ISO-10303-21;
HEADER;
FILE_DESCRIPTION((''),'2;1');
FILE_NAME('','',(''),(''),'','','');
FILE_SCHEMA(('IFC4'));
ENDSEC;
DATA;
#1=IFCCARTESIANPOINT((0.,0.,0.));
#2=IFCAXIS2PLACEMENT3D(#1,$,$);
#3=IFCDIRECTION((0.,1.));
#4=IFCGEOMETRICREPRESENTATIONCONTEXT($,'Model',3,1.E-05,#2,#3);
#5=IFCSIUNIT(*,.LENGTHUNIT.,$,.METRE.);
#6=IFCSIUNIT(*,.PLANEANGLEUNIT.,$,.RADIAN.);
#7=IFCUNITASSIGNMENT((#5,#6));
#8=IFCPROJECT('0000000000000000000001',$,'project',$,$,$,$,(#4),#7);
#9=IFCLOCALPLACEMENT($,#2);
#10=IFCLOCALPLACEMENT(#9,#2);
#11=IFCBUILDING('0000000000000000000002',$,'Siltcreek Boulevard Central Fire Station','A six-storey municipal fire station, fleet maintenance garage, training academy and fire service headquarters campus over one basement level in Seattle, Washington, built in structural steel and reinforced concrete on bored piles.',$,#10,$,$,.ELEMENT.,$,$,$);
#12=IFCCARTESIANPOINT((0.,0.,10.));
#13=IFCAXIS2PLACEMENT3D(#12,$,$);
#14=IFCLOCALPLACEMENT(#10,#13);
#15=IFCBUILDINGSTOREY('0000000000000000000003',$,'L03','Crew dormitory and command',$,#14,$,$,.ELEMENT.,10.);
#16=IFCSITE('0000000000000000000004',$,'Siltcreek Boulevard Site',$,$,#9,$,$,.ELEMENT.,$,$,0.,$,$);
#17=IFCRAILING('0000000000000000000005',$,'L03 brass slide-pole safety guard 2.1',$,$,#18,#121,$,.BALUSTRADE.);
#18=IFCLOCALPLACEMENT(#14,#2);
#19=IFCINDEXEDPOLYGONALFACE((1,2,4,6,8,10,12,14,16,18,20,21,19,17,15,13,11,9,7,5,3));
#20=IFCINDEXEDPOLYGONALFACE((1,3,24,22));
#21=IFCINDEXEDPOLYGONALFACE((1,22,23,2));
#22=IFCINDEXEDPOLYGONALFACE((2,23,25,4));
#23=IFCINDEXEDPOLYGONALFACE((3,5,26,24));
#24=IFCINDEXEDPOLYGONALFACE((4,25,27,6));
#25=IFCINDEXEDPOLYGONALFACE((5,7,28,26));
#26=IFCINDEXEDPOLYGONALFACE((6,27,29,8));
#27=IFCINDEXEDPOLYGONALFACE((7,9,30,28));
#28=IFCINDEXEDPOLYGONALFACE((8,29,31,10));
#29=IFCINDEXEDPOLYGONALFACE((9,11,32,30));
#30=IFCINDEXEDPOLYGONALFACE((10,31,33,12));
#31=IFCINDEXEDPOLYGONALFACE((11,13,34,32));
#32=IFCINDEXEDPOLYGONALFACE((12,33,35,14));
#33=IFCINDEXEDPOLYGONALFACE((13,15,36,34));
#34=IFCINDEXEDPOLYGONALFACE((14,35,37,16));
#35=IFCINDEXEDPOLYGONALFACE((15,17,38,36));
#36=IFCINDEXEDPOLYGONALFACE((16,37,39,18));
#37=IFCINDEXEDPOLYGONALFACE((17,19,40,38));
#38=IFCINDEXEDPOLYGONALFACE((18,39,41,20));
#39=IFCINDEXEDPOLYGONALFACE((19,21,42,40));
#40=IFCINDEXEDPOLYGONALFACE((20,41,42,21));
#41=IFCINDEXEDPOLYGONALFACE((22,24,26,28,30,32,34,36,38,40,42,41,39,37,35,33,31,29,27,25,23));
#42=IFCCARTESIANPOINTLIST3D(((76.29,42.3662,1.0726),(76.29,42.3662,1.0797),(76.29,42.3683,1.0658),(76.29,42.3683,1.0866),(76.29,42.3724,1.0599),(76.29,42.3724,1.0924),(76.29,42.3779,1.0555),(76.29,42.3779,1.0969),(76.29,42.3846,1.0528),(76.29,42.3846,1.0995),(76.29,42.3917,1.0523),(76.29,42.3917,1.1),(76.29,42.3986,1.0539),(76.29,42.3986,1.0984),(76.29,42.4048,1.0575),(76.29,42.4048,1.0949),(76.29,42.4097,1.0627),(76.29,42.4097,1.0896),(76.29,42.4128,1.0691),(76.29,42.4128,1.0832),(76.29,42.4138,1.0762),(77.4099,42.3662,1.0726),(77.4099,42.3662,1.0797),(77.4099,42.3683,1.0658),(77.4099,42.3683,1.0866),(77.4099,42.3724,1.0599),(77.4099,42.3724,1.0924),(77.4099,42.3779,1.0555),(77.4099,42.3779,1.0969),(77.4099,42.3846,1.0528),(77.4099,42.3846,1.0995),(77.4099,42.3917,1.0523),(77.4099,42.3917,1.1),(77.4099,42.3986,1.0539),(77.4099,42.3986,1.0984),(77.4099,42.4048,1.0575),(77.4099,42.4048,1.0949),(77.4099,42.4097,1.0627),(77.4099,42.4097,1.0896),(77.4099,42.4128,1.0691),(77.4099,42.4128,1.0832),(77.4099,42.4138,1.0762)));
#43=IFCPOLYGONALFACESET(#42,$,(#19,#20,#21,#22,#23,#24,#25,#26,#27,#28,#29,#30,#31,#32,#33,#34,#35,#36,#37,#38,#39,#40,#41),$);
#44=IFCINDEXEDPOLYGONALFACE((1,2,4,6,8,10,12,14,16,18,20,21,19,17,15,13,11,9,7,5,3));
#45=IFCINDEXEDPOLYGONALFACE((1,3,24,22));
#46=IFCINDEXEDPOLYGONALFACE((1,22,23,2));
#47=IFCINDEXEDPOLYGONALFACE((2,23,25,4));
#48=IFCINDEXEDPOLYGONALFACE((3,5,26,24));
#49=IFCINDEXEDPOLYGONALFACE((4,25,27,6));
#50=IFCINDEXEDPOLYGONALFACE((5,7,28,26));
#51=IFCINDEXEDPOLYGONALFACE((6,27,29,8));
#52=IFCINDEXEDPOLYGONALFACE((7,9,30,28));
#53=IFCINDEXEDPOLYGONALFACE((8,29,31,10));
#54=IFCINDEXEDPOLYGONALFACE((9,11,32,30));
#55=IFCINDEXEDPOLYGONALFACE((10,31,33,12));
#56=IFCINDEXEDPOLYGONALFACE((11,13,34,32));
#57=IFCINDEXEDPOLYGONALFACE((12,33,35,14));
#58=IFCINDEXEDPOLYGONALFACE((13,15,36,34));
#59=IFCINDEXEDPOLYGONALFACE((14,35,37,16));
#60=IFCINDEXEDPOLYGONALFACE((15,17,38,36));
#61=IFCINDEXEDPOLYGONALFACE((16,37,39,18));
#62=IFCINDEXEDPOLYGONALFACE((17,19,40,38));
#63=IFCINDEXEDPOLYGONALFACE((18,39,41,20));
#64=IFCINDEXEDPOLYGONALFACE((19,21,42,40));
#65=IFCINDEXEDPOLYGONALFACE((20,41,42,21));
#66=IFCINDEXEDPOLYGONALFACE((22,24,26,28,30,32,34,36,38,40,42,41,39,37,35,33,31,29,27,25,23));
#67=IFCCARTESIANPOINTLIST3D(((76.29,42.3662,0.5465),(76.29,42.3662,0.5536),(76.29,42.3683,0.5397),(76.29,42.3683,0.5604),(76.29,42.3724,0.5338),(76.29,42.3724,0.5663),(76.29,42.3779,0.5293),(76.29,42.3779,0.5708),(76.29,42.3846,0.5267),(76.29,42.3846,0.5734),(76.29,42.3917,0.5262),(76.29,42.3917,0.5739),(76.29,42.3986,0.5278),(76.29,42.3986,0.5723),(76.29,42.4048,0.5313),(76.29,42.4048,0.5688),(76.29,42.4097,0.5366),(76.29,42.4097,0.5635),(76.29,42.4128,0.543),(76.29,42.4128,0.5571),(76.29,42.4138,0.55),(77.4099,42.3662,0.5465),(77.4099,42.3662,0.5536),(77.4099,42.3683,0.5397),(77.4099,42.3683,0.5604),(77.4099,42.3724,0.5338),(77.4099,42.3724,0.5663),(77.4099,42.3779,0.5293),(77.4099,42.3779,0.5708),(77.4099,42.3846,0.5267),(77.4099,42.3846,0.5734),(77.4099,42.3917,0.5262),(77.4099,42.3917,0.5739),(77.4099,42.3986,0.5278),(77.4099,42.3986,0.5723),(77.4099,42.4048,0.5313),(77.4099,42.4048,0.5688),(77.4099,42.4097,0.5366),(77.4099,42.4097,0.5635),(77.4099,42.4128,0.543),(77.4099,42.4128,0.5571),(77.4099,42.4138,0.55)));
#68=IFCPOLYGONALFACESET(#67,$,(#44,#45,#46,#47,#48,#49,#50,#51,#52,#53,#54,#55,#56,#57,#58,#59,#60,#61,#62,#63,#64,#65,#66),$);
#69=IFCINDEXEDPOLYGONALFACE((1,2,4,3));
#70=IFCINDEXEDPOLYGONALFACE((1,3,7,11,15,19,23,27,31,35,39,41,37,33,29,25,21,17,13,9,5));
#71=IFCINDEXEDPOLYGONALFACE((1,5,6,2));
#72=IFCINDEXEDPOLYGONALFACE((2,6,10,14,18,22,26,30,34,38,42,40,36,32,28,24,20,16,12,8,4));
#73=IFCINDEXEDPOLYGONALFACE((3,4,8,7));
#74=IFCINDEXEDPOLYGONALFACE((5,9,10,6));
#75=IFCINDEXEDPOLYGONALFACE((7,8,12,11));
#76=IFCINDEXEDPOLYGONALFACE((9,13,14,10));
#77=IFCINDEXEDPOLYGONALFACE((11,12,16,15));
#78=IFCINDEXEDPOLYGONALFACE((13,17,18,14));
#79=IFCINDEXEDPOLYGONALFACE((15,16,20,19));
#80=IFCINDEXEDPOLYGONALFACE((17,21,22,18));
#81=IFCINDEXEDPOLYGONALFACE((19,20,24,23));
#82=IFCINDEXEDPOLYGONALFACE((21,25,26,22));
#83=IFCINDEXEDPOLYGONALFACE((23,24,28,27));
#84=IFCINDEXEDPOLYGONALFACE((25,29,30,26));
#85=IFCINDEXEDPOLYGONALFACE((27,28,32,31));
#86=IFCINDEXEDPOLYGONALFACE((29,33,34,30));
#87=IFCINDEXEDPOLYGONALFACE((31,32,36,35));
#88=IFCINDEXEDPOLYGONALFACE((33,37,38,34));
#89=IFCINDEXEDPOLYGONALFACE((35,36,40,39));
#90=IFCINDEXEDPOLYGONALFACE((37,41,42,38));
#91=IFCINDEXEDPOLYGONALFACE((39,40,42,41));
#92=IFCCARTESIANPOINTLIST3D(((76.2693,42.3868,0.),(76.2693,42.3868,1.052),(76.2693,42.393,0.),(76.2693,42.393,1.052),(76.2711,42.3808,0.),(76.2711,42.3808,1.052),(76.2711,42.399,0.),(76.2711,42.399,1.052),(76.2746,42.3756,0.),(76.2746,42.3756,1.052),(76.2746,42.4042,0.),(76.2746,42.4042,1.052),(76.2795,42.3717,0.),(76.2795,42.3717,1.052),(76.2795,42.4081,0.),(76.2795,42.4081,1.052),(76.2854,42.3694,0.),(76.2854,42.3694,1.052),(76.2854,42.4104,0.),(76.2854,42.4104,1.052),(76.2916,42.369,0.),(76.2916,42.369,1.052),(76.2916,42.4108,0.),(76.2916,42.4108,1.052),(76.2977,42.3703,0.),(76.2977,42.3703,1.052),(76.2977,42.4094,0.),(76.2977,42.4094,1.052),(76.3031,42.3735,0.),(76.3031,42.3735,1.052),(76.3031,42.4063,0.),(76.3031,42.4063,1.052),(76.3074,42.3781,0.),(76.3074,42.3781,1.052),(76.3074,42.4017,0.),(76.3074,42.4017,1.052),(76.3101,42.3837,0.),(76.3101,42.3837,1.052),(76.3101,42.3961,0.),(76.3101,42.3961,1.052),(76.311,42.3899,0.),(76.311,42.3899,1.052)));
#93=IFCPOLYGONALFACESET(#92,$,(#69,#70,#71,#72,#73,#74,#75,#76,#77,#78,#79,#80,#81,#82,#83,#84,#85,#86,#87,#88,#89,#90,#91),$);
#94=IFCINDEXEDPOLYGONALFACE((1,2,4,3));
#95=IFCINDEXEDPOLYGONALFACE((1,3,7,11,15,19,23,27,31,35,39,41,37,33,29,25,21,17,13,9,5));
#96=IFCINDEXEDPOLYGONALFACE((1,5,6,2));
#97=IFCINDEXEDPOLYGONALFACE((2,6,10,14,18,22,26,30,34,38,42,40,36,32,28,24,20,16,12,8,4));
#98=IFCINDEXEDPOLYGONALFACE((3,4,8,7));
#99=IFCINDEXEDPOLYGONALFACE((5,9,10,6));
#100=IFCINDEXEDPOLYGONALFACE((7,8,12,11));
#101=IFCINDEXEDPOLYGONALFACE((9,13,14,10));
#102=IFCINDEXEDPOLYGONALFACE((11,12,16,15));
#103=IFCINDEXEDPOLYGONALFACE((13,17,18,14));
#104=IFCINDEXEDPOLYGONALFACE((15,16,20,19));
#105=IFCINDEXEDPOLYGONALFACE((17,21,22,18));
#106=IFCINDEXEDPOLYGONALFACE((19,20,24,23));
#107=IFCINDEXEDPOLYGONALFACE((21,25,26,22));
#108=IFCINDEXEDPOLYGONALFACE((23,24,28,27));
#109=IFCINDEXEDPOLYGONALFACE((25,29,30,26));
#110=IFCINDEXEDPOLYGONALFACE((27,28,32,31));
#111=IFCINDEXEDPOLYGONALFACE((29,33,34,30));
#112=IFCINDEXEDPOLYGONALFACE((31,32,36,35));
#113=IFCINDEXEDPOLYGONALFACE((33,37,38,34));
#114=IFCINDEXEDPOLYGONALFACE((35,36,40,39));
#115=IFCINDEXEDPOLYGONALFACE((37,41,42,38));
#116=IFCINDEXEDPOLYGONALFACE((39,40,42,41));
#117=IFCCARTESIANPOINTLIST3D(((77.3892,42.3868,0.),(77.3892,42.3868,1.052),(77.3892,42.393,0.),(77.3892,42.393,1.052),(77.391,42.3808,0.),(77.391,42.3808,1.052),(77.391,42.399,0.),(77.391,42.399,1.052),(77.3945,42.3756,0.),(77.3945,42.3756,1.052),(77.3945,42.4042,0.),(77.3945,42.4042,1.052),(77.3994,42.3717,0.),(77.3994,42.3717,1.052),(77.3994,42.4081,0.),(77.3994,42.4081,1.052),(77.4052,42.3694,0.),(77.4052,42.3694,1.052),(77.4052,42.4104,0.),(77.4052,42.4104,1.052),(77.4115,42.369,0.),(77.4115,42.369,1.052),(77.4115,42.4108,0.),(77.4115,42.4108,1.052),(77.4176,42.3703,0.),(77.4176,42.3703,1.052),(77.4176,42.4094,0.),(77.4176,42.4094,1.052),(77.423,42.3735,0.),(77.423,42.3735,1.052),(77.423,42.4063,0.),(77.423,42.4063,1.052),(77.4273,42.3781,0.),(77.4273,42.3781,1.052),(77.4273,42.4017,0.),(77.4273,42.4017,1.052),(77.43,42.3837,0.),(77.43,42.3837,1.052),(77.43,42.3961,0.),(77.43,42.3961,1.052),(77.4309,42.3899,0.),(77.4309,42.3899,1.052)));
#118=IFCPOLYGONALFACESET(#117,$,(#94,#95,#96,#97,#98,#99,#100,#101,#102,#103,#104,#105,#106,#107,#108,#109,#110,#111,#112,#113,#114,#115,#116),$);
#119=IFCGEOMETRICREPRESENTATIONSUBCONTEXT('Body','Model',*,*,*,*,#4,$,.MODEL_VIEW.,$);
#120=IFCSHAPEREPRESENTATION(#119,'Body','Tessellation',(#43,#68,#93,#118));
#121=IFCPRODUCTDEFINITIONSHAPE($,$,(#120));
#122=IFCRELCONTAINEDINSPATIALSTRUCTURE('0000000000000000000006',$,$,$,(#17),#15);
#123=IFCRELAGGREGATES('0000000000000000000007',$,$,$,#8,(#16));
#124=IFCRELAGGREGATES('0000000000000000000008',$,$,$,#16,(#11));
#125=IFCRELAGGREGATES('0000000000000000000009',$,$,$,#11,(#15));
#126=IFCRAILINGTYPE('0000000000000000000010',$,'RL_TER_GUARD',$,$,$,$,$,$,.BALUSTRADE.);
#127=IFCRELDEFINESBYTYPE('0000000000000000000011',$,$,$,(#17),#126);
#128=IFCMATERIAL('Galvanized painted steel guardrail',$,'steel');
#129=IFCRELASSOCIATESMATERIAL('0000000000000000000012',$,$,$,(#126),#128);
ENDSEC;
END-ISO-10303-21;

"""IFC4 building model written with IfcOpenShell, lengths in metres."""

from ifc_helpers import new_model, si_unit, direction, frame, origin, origin_2d, place, context, subcontext, project, spatial, circle, extrude, material, type_object, element, save


model = new_model("IFC4")

# Units and contexts
model_context = context("Model", 3, precision=1e-05, world=origin(), true_north=direction((0.0, 1.0)))
body_context = subcontext(model_context, "Body", "Model", "MODEL_VIEW")
ifc_project = project(units=[si_unit("LENGTHUNIT", "METRE"), si_unit("PLANEANGLEUNIT", "RADIAN")], contexts=[model_context])

# Site, building, storey
site_placement = place(None, origin())
site = spatial("IfcSite", under=ifc_project, at=site_placement, Name="Siltcreek Boulevard Site", CompositionType="ELEMENT", RefElevation=0.0)
building_placement = place(site_placement, origin())
building = spatial("IfcBuilding", under=site, at=building_placement, Name="Siltcreek Boulevard Central Fire Station", Description="A six-storey municipal fire station, fleet maintenance garage, training academy and fire service headquarters campus over one basement level in Seattle, Washington, built in structural steel and reinforced concrete on bored piles.", CompositionType="ELEMENT")
storey_placement = place(building_placement, frame((0.0, 0.0, 10.0)))
storey = spatial("IfcBuildingStorey", under=building, at=storey_placement, Name="L03", Description="Crew dormitory and command", CompositionType="ELEMENT", Elevation=10.0)

# Railing
ifc_material_1 = material(Name="Galvanized painted steel guardrail", Category="steel")
railing_type = type_object("IfcRailingType", Name="RL_TER_GUARD", PredefinedType="BALUSTRADE", material=ifc_material_1)
railing_1_placement = place(storey_placement, frame((76.29, 42.3899, 0.0)))
element("IfcRailing", 1, at=railing_1_placement, inside=storey, type_object=railing_type, Name="L03 brass slide-pole safety guard 2.1", PredefinedType="BALUSTRADE", context=body_context, shape_type="SweptSolid", body=[
    extrude(circle(Radius=0.0239, at=origin_2d()), frame((0.0, 0.0, 1.0762), z_axis=(1.0, 0.0, 0.0), x_axis=(0.0, 1.0, 0.0)), (0.0, 0.0, 1.0), 1.1199),
    extrude(circle(Radius=0.0239, at=origin_2d()), frame((0.0, 0.0, 0.55), z_axis=(1.0, 0.0, 0.0), x_axis=(0.0, 1.0, 0.0)), (0.0, 0.0, 1.0), 1.1199),
    extrude(circle(Radius=0.021, at=origin_2d()), origin(), (0.0, 0.0, 1.0), 1.052),
    extrude(circle(Radius=0.021, at=origin_2d()), frame((1.1199, 0.0, 0.0)), (0.0, 0.0, 1.0), 1.052),
])

save(model, "model.ifc")
